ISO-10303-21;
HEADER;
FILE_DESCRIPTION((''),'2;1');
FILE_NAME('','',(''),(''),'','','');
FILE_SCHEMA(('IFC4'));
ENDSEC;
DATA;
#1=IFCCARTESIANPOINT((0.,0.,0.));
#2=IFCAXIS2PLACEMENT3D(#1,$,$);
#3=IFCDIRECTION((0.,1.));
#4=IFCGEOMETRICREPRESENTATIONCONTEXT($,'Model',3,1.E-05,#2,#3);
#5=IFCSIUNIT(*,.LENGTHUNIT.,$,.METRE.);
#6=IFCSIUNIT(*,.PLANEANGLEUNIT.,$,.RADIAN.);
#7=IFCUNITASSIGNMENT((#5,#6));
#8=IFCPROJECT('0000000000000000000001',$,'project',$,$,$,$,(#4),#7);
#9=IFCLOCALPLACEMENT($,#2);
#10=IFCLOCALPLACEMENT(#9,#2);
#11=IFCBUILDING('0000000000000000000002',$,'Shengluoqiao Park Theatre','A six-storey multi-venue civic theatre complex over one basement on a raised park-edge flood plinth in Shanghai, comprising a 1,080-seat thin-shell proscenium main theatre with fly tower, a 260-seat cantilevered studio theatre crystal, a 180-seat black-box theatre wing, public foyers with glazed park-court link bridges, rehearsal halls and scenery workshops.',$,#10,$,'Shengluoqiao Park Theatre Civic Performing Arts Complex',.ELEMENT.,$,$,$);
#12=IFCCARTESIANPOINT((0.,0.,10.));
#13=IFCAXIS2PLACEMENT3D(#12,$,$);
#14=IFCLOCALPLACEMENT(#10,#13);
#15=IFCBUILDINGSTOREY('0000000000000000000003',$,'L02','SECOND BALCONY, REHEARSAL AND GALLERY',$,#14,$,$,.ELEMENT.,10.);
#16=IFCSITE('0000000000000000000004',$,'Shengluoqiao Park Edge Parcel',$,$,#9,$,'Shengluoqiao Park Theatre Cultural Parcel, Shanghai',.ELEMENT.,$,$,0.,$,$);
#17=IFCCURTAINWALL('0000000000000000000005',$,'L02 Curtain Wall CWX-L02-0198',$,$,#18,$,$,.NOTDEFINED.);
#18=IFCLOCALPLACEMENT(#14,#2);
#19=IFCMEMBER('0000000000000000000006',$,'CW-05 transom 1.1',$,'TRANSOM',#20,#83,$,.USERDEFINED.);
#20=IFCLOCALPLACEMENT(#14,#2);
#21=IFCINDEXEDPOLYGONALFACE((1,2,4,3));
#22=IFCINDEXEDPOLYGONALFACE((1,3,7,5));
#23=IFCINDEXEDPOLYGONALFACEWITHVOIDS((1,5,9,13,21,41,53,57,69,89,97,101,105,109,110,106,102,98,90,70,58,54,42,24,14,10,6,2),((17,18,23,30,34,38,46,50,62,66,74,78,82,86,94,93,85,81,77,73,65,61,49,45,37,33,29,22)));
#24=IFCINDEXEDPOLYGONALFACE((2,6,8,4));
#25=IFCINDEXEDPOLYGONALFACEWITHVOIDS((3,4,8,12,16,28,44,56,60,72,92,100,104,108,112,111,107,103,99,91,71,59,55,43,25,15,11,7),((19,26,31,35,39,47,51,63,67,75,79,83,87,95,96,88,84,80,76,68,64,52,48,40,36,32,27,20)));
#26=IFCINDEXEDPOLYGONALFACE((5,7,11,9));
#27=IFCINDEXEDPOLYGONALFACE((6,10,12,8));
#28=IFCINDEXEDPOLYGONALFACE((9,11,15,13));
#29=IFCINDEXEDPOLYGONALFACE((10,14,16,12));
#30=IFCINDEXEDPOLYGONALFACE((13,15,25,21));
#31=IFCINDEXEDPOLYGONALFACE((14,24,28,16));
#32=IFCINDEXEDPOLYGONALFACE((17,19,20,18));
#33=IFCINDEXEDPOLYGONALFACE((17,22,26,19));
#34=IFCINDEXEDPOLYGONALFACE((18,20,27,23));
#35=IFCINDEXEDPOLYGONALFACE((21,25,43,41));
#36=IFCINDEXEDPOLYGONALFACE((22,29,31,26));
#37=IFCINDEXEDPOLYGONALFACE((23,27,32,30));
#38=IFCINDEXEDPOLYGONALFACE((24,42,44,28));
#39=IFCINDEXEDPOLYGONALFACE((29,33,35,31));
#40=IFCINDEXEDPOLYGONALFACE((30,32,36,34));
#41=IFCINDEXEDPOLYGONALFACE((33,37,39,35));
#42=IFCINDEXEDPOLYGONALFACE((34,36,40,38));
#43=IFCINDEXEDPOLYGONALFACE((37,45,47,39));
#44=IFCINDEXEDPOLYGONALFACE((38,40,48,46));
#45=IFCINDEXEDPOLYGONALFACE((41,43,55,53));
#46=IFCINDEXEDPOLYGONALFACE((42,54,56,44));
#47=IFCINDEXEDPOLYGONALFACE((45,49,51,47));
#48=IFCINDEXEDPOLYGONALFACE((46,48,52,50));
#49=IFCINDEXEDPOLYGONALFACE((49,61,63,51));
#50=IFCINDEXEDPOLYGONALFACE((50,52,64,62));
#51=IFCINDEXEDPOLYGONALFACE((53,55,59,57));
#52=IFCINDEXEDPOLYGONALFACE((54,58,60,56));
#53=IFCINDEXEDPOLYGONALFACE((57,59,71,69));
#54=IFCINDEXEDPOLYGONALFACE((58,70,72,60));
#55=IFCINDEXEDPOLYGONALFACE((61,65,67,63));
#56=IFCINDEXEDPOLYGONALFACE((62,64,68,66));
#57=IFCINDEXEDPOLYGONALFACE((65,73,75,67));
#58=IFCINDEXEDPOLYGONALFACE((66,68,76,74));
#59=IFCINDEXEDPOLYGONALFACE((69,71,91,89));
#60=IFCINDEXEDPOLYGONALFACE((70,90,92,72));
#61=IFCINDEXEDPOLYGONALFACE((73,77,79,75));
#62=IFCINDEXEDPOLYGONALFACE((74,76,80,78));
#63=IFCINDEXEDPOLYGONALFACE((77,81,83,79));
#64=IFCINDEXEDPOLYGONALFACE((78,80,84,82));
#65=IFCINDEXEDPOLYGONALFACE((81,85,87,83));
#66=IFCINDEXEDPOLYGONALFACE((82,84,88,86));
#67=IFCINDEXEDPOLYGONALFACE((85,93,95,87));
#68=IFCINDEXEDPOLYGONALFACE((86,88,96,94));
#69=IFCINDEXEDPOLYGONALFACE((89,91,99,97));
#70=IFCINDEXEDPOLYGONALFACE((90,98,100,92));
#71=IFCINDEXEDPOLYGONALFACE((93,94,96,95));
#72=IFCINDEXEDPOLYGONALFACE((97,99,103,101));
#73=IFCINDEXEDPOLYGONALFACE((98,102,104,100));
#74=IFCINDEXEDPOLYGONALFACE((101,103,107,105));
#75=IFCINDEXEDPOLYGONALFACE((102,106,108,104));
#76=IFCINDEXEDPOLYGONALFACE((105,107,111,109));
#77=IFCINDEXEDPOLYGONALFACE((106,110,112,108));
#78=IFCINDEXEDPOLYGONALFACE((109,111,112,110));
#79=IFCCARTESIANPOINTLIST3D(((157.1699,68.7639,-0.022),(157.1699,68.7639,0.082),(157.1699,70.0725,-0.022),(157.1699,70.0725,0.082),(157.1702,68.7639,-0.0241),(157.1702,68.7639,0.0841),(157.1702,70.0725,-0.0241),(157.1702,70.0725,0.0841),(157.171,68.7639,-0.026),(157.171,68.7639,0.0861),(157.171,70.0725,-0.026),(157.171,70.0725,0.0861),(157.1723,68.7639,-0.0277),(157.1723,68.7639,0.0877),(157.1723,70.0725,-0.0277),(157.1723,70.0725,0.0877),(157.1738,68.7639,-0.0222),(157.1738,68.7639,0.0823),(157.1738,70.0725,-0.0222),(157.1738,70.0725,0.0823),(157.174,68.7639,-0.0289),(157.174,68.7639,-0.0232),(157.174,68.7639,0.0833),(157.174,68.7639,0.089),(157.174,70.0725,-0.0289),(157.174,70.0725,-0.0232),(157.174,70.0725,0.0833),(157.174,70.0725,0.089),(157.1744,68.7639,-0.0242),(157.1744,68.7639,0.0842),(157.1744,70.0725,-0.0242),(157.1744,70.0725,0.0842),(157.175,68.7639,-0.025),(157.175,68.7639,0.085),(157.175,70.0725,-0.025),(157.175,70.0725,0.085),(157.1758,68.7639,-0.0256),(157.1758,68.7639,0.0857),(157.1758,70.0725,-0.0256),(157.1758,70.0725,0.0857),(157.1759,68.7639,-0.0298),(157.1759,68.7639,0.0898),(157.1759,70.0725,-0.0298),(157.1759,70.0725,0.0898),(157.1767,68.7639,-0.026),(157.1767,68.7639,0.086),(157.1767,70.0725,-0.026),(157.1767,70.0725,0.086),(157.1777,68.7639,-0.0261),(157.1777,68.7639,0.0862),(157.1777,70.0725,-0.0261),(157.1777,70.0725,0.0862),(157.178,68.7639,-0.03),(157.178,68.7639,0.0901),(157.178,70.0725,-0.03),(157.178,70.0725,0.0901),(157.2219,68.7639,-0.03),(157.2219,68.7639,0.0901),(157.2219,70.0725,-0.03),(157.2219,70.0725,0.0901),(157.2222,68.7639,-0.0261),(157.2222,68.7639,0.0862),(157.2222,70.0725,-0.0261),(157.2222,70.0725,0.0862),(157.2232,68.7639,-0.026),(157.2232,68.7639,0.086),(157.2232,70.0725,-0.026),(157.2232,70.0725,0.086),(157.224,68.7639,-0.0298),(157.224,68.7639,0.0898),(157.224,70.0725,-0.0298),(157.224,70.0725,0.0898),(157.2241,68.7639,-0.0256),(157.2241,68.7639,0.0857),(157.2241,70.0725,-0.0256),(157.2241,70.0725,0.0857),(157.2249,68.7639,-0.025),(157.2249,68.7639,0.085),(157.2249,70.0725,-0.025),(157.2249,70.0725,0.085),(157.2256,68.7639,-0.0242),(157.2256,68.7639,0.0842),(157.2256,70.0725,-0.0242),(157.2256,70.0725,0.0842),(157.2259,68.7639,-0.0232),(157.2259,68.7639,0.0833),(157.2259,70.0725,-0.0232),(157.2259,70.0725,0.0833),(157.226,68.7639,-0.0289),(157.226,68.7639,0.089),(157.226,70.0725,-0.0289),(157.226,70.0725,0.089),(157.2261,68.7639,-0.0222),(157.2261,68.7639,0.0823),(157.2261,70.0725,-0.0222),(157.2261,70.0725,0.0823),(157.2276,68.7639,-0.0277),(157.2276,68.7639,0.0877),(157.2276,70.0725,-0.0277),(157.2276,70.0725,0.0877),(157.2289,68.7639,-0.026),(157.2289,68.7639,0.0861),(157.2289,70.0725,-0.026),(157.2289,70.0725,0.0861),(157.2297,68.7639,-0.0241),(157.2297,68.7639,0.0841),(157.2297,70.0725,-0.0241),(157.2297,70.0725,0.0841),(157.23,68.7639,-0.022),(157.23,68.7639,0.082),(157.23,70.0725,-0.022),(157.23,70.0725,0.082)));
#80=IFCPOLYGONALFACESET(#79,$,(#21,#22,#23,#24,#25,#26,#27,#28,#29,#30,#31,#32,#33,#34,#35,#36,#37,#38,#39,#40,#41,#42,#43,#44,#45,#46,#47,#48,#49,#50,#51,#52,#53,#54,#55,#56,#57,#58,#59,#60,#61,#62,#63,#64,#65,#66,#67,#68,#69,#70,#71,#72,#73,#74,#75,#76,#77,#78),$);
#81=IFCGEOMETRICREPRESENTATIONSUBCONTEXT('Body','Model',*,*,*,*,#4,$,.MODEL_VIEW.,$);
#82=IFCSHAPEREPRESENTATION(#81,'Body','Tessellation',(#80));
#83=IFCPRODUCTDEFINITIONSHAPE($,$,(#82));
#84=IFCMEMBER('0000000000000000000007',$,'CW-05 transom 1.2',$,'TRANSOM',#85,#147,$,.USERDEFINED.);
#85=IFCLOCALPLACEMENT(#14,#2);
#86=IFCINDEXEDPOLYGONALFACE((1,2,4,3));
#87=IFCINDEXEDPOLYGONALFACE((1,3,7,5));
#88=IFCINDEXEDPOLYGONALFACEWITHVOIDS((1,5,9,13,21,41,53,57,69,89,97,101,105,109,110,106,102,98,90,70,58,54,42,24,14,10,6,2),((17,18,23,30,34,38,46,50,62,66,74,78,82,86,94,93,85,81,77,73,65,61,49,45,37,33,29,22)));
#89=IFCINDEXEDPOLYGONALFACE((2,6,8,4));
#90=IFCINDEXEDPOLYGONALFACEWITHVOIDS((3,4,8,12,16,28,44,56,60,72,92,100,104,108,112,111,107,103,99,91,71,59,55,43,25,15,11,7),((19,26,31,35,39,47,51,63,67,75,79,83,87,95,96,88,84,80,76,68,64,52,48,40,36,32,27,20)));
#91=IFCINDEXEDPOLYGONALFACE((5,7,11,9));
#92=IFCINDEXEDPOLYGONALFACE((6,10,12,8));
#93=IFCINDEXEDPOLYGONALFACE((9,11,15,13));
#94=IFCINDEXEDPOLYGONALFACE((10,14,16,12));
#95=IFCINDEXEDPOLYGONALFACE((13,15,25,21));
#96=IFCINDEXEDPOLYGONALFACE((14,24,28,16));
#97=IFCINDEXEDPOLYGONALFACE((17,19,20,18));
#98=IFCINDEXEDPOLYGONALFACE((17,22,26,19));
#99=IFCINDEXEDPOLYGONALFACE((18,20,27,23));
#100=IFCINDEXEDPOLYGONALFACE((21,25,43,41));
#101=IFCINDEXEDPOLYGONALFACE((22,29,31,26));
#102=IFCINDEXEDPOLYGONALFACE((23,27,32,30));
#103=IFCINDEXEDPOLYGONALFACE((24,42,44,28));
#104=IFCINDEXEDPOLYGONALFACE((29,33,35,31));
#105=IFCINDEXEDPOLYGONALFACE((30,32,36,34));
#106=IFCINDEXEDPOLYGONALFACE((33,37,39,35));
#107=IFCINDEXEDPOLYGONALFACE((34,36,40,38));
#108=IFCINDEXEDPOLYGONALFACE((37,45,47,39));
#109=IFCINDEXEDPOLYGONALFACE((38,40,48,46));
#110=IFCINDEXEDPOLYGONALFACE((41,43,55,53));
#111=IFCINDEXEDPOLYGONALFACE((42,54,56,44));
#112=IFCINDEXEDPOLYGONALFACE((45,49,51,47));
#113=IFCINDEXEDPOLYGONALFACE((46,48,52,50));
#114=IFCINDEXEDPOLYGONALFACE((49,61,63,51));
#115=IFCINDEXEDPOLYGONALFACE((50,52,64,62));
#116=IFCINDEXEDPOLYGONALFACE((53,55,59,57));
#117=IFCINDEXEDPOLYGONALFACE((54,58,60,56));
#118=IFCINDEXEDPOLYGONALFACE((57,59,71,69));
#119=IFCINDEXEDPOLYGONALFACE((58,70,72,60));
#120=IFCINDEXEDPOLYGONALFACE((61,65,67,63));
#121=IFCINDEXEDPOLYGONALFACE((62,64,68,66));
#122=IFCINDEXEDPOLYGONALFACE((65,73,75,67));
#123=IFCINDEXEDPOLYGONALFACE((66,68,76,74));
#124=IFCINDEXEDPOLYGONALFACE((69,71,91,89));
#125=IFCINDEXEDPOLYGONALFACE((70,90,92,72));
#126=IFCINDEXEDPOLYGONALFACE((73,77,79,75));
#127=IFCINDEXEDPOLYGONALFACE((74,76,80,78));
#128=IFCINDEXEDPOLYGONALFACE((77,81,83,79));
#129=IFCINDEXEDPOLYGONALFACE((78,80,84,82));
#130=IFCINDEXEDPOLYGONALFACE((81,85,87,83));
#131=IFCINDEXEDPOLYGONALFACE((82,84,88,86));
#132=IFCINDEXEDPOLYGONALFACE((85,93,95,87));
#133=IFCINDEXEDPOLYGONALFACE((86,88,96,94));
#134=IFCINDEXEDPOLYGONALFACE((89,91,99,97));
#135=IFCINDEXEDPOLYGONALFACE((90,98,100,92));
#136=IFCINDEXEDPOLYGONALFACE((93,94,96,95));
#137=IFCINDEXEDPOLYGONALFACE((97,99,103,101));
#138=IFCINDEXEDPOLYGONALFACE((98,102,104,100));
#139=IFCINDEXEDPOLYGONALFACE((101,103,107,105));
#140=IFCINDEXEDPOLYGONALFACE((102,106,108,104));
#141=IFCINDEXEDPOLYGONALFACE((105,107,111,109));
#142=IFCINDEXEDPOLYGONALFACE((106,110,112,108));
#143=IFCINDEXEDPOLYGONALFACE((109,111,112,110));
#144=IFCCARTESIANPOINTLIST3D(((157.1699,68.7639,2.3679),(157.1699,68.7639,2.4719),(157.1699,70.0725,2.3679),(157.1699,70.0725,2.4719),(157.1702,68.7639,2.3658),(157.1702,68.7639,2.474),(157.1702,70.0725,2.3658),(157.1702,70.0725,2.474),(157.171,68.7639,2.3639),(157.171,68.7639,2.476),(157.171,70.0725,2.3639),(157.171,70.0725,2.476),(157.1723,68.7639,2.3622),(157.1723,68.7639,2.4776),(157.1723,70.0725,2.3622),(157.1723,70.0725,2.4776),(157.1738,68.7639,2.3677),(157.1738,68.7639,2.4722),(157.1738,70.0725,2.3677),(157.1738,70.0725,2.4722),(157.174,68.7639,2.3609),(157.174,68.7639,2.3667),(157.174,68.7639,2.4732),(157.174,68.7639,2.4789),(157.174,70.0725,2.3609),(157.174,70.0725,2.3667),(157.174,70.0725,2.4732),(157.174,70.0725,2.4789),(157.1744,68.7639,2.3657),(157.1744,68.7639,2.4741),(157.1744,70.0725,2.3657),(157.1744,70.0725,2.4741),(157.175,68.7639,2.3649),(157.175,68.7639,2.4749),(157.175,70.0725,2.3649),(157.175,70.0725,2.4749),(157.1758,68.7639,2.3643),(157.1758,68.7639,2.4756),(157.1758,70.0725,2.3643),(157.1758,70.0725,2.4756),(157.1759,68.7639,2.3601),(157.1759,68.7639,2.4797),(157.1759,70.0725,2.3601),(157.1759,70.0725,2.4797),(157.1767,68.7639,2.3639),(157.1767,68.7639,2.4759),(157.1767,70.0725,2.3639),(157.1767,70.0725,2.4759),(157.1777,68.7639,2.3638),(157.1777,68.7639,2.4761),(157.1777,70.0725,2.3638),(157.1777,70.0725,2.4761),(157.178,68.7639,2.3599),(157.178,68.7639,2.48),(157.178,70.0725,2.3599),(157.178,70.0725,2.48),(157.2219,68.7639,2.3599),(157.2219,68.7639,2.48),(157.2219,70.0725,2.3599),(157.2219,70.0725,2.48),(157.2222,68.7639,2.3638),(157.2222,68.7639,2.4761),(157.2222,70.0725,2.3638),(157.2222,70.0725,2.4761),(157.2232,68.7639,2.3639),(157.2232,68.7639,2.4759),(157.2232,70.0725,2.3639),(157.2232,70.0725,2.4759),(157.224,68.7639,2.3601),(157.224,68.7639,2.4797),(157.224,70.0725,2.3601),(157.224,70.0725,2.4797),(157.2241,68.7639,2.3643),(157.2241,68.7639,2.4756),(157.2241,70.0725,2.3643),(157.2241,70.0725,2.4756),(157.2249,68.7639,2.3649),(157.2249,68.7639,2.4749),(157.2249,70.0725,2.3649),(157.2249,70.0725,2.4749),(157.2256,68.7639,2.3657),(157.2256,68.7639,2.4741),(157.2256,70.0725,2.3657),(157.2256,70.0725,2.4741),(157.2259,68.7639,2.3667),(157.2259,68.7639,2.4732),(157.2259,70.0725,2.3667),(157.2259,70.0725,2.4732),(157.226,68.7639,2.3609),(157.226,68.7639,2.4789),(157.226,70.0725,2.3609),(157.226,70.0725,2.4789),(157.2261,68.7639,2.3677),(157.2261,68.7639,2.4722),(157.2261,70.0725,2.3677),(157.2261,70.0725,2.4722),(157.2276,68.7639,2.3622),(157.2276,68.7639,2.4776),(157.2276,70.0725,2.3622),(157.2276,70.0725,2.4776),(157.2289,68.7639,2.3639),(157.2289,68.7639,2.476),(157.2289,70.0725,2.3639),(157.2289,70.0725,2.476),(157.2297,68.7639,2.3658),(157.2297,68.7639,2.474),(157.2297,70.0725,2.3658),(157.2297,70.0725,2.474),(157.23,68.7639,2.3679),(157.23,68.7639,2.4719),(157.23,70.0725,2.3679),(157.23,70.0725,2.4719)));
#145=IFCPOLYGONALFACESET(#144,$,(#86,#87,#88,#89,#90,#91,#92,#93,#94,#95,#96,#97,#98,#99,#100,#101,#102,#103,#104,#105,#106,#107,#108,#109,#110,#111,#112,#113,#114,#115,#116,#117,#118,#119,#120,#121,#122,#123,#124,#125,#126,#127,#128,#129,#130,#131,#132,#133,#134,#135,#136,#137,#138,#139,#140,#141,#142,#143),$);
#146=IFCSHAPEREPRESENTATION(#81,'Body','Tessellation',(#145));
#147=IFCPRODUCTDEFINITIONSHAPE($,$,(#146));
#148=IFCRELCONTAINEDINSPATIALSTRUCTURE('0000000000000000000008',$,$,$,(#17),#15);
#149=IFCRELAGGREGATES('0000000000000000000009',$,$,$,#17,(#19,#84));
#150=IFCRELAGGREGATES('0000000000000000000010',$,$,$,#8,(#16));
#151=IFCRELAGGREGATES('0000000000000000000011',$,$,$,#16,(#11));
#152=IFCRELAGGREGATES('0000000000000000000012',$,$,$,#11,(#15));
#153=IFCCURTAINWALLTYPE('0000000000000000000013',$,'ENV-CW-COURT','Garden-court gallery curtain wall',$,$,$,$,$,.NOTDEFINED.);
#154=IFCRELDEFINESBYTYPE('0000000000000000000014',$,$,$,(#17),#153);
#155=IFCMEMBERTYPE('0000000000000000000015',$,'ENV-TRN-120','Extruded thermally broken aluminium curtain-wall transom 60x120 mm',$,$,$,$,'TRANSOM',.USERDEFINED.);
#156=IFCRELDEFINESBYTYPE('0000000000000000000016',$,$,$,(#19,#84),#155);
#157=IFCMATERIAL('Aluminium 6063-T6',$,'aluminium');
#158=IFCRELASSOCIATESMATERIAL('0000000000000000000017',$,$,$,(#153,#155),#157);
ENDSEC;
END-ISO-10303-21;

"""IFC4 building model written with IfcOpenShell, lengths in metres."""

from ifc_helpers import new_model, si_unit, direction, frame, origin, origin_2d, place, context, subcontext, project, spatial, hollow_rectangle, extrude, material, material_profile, profile_set, type_object, element, aggregate, save


model = new_model("IFC4")

# Units and contexts
model_context = context("Model", 3, precision=1e-05, world=origin(), true_north=direction((0.0, 1.0)))
body_context = subcontext(model_context, "Body", "Model", "MODEL_VIEW")
ifc_project = project(units=[si_unit("LENGTHUNIT", "METRE"), si_unit("PLANEANGLEUNIT", "RADIAN")], contexts=[model_context])

# Site, building, storey
site_placement = place(None, origin())
site = spatial("IfcSite", under=ifc_project, at=site_placement, Name="Shengluoqiao Park Edge Parcel", LongName="Shengluoqiao Park Theatre Cultural Parcel, Shanghai", CompositionType="ELEMENT", RefElevation=0.0)
building_placement = place(site_placement, origin())
building = spatial("IfcBuilding", under=site, at=building_placement, Name="Shengluoqiao Park Theatre", Description="A six-storey multi-venue civic theatre complex over one basement on a raised park-edge flood plinth in Shanghai, comprising a 1,080-seat thin-shell proscenium main theatre with fly tower, a 260-seat cantilevered studio theatre crystal, a 180-seat black-box theatre wing, public foyers with glazed park-court link bridges, rehearsal halls and scenery workshops.", LongName="Shengluoqiao Park Theatre Civic Performing Arts Complex", CompositionType="ELEMENT")
storey_placement = place(building_placement, frame((0.0, 0.0, 10.0)))
storey = spatial("IfcBuildingStorey", under=building, at=storey_placement, Name="L02", Description="SECOND BALCONY, REHEARSAL AND GALLERY", CompositionType="ELEMENT", Elevation=10.0)

# Curtain wall
ifc_material_1 = material(Name="Aluminium 6063-T6", Category="aluminium")
curtain_wall_type_1 = type_object("IfcCurtainWallType", Name="ENV-CW-COURT", Description="Garden-court gallery curtain wall", PredefinedType="NOTDEFINED", material=ifc_material_1)
curtain_wall_1_placement = place(storey_placement, origin())
curtain_wall_1 = element("IfcCurtainWall", 1, at=curtain_wall_1_placement, inside=storey, type_object=curtain_wall_type_1, Name="L02 Curtain Wall CWX-L02-0198", PredefinedType="NOTDEFINED")

# Members
ifc_material_profile_1 = material_profile(ifc_material_1, hollow_rectangle(XDim=0.0601, YDim=0.1201, WallThickness=0.0039, InnerFilletRadius=0.0039, OuterFilletRadius=0.0081, at=origin_2d()), Name="ALU TRANSOM 120x60x4")
ifc_profile_set_1 = profile_set([ifc_material_profile_1], Name="Aluminium 6063-T6")
member_type_1 = type_object("IfcMemberType", Name="ENV-TRN-120", Description="Extruded thermally broken aluminium curtain-wall transom 60x120 mm", ElementType="TRANSOM", PredefinedType="USERDEFINED", material=ifc_profile_set_1)
member_1_placement = place(storey_placement, frame((157.2, 68.7639, 0.03), z_axis=(0.0, 1.0, 0.0), x_axis=(-1.0, 0.0, 0.0)))
member_1 = element("IfcMember", 2, at=member_1_placement, type_object=member_type_1, Name="CW-05 transom 1.1", ObjectType="TRANSOM", PredefinedType="USERDEFINED", context=body_context, shape_type="SweptSolid", body=[
    extrude(hollow_rectangle(XDim=0.0601, YDim=0.1201, WallThickness=0.0039, InnerFilletRadius=0.0039, OuterFilletRadius=0.0081, at=origin_2d()), origin(), (0.0, 0.0, 1.0), 1.3086),
])
member_2_placement = place(storey_placement, frame((157.2, 68.7639, 2.4199), z_axis=(0.0, 1.0, 0.0), x_axis=(-1.0, 0.0, 0.0)))
member_2 = element("IfcMember", 3, at=member_2_placement, type_object=member_type_1, Name="CW-05 transom 1.2", ObjectType="TRANSOM", PredefinedType="USERDEFINED", context=body_context, shape_type="SweptSolid", body=[
    extrude(hollow_rectangle(XDim=0.0601, YDim=0.1201, WallThickness=0.0039, InnerFilletRadius=0.0039, OuterFilletRadius=0.0081, at=origin_2d()), origin(), (0.0, 0.0, 1.0), 1.3086),
])

aggregate(curtain_wall_1, [member_1, member_2])

save(model, "model.ifc")
